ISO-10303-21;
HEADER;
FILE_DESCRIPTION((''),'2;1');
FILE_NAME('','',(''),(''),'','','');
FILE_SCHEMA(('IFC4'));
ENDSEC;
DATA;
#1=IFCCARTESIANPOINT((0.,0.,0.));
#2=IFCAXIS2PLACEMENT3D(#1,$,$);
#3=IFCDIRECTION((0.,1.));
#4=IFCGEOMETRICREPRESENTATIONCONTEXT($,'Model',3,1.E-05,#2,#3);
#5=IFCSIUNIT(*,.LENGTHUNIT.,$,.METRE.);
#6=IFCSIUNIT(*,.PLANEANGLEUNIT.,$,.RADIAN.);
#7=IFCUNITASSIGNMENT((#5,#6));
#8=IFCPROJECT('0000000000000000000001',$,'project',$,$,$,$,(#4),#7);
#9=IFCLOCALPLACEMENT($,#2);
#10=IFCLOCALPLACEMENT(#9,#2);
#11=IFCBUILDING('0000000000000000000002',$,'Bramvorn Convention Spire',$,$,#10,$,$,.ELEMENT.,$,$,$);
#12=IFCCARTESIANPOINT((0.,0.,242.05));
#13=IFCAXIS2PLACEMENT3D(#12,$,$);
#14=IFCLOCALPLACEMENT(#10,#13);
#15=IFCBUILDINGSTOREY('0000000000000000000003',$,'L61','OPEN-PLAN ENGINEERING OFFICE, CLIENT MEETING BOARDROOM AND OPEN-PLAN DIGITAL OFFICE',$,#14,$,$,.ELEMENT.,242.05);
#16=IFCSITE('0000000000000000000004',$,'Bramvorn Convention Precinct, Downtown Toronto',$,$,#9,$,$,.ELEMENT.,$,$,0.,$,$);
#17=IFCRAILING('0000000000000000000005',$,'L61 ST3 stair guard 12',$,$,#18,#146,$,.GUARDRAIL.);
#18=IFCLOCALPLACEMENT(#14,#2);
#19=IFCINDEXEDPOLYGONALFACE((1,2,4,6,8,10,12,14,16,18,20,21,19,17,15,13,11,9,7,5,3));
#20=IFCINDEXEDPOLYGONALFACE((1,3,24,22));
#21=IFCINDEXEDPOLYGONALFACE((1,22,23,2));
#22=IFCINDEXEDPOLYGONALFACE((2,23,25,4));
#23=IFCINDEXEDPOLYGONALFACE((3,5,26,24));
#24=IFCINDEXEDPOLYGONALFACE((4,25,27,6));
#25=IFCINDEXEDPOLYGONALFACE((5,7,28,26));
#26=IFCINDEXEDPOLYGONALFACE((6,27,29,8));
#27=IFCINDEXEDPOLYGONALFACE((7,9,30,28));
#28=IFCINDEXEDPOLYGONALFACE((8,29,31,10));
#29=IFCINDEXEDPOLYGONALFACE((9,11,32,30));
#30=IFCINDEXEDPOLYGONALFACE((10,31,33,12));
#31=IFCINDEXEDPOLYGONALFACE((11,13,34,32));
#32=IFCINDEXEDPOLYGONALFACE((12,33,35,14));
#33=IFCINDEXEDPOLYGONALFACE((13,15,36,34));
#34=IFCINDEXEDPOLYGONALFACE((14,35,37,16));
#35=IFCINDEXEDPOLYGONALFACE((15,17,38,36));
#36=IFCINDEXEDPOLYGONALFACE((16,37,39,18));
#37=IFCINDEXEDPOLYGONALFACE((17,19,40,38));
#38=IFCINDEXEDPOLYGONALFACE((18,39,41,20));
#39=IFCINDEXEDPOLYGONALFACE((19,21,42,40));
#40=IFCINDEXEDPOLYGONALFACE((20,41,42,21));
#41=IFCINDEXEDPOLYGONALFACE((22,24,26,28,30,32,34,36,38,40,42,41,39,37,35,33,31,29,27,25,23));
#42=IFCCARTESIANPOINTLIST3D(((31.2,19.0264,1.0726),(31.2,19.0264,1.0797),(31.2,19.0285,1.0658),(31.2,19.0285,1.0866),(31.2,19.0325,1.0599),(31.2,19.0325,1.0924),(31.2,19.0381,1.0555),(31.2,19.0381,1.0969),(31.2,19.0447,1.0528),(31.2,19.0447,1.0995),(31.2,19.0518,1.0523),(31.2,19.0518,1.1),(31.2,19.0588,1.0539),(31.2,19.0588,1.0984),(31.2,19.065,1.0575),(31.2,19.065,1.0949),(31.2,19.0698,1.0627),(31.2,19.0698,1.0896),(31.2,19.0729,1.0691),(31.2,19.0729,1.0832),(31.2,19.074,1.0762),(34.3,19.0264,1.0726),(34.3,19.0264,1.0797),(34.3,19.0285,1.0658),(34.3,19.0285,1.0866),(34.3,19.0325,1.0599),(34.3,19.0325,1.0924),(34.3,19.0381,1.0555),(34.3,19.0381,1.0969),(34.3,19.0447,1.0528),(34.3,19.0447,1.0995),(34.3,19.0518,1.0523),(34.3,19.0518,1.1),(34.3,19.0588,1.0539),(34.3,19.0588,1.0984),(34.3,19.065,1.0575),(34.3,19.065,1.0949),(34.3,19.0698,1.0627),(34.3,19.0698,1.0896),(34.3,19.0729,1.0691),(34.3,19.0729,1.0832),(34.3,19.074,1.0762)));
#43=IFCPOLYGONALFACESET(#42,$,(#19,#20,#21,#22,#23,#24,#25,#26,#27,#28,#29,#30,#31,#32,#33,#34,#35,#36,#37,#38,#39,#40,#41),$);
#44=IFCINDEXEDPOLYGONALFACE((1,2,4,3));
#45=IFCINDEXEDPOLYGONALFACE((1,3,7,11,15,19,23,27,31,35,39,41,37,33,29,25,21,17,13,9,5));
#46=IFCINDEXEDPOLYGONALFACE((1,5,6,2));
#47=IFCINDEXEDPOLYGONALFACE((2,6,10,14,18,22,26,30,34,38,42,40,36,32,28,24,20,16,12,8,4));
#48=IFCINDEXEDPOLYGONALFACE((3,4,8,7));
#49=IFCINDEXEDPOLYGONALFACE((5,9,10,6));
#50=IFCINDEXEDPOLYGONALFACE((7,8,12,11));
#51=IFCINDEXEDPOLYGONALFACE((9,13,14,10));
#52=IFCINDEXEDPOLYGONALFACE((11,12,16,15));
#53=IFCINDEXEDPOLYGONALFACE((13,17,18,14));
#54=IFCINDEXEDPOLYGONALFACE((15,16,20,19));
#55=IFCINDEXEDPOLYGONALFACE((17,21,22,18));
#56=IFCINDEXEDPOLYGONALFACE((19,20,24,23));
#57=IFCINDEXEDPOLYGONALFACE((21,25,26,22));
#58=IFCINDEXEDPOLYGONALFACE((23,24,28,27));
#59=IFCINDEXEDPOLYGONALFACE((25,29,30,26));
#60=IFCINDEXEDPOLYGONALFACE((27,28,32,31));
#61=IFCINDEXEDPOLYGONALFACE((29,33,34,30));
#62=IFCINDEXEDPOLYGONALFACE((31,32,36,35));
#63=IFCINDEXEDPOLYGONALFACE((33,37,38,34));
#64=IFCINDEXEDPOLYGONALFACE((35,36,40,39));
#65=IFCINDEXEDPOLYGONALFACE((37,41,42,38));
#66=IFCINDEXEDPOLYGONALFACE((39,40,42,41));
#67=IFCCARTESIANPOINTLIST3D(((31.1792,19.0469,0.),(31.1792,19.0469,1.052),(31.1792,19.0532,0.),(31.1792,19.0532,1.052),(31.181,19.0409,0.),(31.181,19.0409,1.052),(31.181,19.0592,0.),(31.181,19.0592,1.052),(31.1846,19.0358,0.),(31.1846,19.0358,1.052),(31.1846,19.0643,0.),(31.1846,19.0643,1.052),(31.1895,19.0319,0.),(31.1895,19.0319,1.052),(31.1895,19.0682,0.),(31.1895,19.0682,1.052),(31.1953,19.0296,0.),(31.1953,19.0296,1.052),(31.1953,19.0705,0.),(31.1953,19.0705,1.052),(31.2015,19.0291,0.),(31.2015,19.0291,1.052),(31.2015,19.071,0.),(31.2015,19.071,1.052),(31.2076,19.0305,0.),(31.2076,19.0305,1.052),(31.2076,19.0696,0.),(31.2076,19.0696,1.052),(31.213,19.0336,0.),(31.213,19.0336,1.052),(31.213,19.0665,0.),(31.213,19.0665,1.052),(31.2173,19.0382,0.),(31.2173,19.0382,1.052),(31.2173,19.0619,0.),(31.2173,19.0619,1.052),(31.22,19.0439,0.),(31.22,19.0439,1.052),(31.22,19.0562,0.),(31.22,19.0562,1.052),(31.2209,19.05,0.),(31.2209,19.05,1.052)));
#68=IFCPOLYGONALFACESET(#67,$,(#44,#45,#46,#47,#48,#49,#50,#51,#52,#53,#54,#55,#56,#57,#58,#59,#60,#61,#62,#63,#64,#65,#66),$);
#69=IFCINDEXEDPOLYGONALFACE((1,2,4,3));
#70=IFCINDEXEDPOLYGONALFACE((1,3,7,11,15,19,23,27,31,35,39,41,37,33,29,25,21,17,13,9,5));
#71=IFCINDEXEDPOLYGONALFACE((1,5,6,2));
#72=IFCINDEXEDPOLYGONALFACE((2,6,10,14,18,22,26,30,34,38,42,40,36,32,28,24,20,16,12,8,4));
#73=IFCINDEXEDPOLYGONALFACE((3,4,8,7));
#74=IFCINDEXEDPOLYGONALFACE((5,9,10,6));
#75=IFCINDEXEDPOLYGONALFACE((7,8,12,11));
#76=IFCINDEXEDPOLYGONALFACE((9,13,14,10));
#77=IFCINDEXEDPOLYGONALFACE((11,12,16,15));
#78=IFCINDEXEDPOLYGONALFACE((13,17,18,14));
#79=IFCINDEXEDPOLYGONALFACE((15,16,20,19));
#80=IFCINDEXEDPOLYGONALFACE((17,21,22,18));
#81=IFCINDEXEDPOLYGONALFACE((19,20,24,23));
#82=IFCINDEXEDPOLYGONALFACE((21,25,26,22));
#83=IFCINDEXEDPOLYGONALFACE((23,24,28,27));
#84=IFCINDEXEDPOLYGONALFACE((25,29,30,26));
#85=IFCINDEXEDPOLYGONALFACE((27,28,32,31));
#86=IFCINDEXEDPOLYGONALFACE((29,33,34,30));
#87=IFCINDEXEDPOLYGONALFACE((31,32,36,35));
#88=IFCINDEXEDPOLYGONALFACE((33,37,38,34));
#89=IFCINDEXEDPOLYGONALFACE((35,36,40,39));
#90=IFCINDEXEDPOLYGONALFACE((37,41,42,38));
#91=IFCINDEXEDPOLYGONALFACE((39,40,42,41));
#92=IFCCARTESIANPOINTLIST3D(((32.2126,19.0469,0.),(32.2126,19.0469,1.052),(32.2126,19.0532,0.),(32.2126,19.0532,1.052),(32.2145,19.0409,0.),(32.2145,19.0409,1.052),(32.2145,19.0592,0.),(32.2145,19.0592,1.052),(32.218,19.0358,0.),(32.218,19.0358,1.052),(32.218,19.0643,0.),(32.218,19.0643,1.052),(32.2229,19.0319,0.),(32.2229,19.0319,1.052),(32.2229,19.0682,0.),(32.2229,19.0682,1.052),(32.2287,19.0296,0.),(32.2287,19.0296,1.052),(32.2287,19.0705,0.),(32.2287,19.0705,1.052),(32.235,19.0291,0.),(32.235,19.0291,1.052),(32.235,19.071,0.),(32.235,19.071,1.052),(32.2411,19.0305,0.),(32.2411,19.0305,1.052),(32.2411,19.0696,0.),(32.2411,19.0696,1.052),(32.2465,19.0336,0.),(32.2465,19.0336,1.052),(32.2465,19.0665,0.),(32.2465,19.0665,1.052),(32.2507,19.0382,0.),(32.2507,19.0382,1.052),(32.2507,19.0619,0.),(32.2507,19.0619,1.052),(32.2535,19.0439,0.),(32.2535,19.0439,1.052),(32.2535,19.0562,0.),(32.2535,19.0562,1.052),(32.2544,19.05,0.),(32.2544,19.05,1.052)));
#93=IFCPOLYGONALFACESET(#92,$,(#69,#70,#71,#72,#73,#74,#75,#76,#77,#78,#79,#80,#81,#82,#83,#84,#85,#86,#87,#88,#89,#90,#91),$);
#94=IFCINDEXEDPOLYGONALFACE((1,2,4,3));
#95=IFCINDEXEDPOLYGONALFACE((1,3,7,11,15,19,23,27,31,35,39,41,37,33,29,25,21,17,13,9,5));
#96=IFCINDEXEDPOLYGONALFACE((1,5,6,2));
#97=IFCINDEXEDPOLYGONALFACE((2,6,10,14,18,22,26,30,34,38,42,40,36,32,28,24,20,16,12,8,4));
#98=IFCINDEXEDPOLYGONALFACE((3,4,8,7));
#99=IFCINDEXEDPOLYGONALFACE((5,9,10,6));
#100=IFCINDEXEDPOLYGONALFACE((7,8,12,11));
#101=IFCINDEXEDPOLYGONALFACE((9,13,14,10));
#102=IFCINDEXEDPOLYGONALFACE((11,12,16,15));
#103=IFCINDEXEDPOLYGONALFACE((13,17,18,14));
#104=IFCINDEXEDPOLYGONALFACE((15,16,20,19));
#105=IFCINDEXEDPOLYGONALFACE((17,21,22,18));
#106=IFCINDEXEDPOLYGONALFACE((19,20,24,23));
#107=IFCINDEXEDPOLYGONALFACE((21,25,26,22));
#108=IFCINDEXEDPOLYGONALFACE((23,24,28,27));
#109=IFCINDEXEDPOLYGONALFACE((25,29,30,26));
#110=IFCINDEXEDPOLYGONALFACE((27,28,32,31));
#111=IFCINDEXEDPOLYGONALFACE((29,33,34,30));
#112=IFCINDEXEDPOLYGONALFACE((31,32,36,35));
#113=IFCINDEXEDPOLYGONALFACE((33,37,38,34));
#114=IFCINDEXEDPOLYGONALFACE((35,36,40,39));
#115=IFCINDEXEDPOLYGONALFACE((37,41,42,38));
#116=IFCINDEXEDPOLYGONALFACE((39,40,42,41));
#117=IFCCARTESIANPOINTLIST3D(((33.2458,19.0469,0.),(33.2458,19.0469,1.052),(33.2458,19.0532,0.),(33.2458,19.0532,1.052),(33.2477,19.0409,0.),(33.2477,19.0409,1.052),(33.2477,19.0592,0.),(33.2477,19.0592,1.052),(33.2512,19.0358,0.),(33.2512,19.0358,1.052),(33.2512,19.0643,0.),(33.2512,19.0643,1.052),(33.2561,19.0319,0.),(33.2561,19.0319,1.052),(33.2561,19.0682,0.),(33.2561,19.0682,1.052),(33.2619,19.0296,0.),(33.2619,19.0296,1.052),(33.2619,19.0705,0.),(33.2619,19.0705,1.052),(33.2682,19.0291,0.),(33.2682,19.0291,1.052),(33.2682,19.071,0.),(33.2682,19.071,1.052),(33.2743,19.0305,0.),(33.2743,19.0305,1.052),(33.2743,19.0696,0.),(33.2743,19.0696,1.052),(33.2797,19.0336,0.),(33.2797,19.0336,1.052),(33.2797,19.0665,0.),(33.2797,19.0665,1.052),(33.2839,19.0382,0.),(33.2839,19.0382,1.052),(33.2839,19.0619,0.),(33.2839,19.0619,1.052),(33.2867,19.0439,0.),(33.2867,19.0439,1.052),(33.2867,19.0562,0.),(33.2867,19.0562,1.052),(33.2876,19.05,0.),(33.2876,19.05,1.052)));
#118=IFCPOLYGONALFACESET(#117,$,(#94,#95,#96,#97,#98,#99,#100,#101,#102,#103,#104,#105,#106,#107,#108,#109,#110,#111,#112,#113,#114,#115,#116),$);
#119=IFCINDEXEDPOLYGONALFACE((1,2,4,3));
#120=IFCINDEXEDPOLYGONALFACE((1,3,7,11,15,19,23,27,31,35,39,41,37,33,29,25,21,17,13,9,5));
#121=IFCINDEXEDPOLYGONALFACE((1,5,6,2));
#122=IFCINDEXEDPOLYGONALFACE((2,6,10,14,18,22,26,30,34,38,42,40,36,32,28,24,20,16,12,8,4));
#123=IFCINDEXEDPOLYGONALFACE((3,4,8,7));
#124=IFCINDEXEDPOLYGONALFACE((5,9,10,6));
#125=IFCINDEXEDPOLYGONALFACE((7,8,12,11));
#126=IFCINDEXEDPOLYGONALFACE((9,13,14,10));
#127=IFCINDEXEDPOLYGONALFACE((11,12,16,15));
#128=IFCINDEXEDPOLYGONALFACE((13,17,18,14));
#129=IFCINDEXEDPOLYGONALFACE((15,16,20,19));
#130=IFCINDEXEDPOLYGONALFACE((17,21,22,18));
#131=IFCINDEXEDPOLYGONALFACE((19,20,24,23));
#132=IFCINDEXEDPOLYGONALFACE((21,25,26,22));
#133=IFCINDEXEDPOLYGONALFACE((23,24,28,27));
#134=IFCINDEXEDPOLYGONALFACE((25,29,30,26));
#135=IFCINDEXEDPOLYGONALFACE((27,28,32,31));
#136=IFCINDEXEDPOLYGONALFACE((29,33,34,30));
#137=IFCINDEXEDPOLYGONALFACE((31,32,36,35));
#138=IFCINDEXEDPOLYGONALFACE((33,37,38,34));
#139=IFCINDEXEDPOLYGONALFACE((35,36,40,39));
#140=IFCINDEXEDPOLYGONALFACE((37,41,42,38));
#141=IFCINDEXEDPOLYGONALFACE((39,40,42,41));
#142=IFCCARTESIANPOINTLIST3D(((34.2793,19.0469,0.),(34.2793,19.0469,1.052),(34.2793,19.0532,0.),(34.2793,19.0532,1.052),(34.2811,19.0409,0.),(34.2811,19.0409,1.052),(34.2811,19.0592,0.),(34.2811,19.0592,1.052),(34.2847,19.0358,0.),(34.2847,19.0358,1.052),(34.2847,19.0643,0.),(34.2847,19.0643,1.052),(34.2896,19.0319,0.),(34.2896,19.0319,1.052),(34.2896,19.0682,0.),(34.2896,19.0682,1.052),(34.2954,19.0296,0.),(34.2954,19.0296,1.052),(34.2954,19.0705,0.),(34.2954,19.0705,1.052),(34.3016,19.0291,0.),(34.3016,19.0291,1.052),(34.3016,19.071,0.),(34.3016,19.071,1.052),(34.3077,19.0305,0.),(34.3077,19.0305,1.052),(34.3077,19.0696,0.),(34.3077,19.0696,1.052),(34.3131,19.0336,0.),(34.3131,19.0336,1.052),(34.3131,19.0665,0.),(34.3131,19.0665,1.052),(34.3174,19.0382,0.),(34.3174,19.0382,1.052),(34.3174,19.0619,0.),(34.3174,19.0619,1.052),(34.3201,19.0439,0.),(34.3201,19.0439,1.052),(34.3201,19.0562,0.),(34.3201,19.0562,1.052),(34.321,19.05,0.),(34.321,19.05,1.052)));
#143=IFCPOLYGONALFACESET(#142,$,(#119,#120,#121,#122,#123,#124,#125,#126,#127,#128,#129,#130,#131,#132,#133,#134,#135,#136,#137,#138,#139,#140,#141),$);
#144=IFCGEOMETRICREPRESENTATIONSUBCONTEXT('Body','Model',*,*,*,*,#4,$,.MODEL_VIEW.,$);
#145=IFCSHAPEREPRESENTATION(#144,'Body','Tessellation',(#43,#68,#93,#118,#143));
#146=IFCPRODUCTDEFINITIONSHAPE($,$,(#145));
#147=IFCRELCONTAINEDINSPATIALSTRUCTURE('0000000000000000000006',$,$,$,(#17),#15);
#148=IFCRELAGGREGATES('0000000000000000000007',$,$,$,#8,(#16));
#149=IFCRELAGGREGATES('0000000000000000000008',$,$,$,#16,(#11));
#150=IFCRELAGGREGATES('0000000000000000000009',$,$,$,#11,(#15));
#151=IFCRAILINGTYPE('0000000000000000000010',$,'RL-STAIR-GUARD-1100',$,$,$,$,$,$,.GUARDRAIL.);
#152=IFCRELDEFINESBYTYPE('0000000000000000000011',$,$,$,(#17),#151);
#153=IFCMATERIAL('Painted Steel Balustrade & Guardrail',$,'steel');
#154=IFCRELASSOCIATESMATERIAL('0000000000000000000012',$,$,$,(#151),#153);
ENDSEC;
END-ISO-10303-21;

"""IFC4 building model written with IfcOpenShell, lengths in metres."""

from ifc_helpers import new_model, si_unit, direction, frame, origin, origin_2d, place, context, subcontext, project, spatial, circle, extrude, material, type_object, element, save


model = new_model("IFC4")

# Units and contexts
model_context = context("Model", 3, precision=1e-05, world=origin(), true_north=direction((0.0, 1.0)))
body_context = subcontext(model_context, "Body", "Model", "MODEL_VIEW")
ifc_project = project(units=[si_unit("LENGTHUNIT", "METRE"), si_unit("PLANEANGLEUNIT", "RADIAN")], contexts=[model_context])

# Site, building, storey
site_placement = place(None, origin())
site = spatial("IfcSite", under=ifc_project, at=site_placement, Name="Bramvorn Convention Precinct, Downtown Toronto", CompositionType="ELEMENT", RefElevation=0.0)
building_placement = place(site_placement, origin())
building = spatial("IfcBuilding", under=site, at=building_placement, Name="Bramvorn Convention Spire", CompositionType="ELEMENT")
storey_placement = place(building_placement, frame((0.0, 0.0, 242.05)))
storey = spatial("IfcBuildingStorey", under=building, at=storey_placement, Name="L61", Description="OPEN-PLAN ENGINEERING OFFICE, CLIENT MEETING BOARDROOM AND OPEN-PLAN DIGITAL OFFICE", CompositionType="ELEMENT", Elevation=242.05)

# Railing
ifc_material_1 = material(Name="Painted Steel Balustrade & Guardrail", Category="steel")
railing_type_1 = type_object("IfcRailingType", Name="RL-STAIR-GUARD-1100", PredefinedType="GUARDRAIL", material=ifc_material_1)
railing_1_placement = place(storey_placement, frame((31.2, 19.05, 0.0)))
element("IfcRailing", 1, at=railing_1_placement, inside=storey, type_object=railing_type_1, Name="L61 ST3 stair guard 12", PredefinedType="GUARDRAIL", context=body_context, shape_type="SweptSolid", body=[
    extrude(circle(Radius=0.0239, at=origin_2d()), frame((0.0, 0.0, 1.0762), z_axis=(1.0, 0.0, 0.0), x_axis=(0.0, 1.0, 0.0)), (0.0, 0.0, 1.0), 3.1001),
    extrude(circle(Radius=0.021, at=origin_2d()), origin(), (0.0, 0.0, 1.0), 1.052),
    extrude(circle(Radius=0.021, at=origin_2d()), frame((1.0334, 0.0, 0.0)), (0.0, 0.0, 1.0), 1.052),
    extrude(circle(Radius=0.021, at=origin_2d()), frame((2.0667, 0.0, 0.0)), (0.0, 0.0, 1.0), 1.052),
    extrude(circle(Radius=0.021, at=origin_2d()), frame((3.1001, 0.0, 0.0)), (0.0, 0.0, 1.0), 1.052),
])

save(model, "model.ifc")
